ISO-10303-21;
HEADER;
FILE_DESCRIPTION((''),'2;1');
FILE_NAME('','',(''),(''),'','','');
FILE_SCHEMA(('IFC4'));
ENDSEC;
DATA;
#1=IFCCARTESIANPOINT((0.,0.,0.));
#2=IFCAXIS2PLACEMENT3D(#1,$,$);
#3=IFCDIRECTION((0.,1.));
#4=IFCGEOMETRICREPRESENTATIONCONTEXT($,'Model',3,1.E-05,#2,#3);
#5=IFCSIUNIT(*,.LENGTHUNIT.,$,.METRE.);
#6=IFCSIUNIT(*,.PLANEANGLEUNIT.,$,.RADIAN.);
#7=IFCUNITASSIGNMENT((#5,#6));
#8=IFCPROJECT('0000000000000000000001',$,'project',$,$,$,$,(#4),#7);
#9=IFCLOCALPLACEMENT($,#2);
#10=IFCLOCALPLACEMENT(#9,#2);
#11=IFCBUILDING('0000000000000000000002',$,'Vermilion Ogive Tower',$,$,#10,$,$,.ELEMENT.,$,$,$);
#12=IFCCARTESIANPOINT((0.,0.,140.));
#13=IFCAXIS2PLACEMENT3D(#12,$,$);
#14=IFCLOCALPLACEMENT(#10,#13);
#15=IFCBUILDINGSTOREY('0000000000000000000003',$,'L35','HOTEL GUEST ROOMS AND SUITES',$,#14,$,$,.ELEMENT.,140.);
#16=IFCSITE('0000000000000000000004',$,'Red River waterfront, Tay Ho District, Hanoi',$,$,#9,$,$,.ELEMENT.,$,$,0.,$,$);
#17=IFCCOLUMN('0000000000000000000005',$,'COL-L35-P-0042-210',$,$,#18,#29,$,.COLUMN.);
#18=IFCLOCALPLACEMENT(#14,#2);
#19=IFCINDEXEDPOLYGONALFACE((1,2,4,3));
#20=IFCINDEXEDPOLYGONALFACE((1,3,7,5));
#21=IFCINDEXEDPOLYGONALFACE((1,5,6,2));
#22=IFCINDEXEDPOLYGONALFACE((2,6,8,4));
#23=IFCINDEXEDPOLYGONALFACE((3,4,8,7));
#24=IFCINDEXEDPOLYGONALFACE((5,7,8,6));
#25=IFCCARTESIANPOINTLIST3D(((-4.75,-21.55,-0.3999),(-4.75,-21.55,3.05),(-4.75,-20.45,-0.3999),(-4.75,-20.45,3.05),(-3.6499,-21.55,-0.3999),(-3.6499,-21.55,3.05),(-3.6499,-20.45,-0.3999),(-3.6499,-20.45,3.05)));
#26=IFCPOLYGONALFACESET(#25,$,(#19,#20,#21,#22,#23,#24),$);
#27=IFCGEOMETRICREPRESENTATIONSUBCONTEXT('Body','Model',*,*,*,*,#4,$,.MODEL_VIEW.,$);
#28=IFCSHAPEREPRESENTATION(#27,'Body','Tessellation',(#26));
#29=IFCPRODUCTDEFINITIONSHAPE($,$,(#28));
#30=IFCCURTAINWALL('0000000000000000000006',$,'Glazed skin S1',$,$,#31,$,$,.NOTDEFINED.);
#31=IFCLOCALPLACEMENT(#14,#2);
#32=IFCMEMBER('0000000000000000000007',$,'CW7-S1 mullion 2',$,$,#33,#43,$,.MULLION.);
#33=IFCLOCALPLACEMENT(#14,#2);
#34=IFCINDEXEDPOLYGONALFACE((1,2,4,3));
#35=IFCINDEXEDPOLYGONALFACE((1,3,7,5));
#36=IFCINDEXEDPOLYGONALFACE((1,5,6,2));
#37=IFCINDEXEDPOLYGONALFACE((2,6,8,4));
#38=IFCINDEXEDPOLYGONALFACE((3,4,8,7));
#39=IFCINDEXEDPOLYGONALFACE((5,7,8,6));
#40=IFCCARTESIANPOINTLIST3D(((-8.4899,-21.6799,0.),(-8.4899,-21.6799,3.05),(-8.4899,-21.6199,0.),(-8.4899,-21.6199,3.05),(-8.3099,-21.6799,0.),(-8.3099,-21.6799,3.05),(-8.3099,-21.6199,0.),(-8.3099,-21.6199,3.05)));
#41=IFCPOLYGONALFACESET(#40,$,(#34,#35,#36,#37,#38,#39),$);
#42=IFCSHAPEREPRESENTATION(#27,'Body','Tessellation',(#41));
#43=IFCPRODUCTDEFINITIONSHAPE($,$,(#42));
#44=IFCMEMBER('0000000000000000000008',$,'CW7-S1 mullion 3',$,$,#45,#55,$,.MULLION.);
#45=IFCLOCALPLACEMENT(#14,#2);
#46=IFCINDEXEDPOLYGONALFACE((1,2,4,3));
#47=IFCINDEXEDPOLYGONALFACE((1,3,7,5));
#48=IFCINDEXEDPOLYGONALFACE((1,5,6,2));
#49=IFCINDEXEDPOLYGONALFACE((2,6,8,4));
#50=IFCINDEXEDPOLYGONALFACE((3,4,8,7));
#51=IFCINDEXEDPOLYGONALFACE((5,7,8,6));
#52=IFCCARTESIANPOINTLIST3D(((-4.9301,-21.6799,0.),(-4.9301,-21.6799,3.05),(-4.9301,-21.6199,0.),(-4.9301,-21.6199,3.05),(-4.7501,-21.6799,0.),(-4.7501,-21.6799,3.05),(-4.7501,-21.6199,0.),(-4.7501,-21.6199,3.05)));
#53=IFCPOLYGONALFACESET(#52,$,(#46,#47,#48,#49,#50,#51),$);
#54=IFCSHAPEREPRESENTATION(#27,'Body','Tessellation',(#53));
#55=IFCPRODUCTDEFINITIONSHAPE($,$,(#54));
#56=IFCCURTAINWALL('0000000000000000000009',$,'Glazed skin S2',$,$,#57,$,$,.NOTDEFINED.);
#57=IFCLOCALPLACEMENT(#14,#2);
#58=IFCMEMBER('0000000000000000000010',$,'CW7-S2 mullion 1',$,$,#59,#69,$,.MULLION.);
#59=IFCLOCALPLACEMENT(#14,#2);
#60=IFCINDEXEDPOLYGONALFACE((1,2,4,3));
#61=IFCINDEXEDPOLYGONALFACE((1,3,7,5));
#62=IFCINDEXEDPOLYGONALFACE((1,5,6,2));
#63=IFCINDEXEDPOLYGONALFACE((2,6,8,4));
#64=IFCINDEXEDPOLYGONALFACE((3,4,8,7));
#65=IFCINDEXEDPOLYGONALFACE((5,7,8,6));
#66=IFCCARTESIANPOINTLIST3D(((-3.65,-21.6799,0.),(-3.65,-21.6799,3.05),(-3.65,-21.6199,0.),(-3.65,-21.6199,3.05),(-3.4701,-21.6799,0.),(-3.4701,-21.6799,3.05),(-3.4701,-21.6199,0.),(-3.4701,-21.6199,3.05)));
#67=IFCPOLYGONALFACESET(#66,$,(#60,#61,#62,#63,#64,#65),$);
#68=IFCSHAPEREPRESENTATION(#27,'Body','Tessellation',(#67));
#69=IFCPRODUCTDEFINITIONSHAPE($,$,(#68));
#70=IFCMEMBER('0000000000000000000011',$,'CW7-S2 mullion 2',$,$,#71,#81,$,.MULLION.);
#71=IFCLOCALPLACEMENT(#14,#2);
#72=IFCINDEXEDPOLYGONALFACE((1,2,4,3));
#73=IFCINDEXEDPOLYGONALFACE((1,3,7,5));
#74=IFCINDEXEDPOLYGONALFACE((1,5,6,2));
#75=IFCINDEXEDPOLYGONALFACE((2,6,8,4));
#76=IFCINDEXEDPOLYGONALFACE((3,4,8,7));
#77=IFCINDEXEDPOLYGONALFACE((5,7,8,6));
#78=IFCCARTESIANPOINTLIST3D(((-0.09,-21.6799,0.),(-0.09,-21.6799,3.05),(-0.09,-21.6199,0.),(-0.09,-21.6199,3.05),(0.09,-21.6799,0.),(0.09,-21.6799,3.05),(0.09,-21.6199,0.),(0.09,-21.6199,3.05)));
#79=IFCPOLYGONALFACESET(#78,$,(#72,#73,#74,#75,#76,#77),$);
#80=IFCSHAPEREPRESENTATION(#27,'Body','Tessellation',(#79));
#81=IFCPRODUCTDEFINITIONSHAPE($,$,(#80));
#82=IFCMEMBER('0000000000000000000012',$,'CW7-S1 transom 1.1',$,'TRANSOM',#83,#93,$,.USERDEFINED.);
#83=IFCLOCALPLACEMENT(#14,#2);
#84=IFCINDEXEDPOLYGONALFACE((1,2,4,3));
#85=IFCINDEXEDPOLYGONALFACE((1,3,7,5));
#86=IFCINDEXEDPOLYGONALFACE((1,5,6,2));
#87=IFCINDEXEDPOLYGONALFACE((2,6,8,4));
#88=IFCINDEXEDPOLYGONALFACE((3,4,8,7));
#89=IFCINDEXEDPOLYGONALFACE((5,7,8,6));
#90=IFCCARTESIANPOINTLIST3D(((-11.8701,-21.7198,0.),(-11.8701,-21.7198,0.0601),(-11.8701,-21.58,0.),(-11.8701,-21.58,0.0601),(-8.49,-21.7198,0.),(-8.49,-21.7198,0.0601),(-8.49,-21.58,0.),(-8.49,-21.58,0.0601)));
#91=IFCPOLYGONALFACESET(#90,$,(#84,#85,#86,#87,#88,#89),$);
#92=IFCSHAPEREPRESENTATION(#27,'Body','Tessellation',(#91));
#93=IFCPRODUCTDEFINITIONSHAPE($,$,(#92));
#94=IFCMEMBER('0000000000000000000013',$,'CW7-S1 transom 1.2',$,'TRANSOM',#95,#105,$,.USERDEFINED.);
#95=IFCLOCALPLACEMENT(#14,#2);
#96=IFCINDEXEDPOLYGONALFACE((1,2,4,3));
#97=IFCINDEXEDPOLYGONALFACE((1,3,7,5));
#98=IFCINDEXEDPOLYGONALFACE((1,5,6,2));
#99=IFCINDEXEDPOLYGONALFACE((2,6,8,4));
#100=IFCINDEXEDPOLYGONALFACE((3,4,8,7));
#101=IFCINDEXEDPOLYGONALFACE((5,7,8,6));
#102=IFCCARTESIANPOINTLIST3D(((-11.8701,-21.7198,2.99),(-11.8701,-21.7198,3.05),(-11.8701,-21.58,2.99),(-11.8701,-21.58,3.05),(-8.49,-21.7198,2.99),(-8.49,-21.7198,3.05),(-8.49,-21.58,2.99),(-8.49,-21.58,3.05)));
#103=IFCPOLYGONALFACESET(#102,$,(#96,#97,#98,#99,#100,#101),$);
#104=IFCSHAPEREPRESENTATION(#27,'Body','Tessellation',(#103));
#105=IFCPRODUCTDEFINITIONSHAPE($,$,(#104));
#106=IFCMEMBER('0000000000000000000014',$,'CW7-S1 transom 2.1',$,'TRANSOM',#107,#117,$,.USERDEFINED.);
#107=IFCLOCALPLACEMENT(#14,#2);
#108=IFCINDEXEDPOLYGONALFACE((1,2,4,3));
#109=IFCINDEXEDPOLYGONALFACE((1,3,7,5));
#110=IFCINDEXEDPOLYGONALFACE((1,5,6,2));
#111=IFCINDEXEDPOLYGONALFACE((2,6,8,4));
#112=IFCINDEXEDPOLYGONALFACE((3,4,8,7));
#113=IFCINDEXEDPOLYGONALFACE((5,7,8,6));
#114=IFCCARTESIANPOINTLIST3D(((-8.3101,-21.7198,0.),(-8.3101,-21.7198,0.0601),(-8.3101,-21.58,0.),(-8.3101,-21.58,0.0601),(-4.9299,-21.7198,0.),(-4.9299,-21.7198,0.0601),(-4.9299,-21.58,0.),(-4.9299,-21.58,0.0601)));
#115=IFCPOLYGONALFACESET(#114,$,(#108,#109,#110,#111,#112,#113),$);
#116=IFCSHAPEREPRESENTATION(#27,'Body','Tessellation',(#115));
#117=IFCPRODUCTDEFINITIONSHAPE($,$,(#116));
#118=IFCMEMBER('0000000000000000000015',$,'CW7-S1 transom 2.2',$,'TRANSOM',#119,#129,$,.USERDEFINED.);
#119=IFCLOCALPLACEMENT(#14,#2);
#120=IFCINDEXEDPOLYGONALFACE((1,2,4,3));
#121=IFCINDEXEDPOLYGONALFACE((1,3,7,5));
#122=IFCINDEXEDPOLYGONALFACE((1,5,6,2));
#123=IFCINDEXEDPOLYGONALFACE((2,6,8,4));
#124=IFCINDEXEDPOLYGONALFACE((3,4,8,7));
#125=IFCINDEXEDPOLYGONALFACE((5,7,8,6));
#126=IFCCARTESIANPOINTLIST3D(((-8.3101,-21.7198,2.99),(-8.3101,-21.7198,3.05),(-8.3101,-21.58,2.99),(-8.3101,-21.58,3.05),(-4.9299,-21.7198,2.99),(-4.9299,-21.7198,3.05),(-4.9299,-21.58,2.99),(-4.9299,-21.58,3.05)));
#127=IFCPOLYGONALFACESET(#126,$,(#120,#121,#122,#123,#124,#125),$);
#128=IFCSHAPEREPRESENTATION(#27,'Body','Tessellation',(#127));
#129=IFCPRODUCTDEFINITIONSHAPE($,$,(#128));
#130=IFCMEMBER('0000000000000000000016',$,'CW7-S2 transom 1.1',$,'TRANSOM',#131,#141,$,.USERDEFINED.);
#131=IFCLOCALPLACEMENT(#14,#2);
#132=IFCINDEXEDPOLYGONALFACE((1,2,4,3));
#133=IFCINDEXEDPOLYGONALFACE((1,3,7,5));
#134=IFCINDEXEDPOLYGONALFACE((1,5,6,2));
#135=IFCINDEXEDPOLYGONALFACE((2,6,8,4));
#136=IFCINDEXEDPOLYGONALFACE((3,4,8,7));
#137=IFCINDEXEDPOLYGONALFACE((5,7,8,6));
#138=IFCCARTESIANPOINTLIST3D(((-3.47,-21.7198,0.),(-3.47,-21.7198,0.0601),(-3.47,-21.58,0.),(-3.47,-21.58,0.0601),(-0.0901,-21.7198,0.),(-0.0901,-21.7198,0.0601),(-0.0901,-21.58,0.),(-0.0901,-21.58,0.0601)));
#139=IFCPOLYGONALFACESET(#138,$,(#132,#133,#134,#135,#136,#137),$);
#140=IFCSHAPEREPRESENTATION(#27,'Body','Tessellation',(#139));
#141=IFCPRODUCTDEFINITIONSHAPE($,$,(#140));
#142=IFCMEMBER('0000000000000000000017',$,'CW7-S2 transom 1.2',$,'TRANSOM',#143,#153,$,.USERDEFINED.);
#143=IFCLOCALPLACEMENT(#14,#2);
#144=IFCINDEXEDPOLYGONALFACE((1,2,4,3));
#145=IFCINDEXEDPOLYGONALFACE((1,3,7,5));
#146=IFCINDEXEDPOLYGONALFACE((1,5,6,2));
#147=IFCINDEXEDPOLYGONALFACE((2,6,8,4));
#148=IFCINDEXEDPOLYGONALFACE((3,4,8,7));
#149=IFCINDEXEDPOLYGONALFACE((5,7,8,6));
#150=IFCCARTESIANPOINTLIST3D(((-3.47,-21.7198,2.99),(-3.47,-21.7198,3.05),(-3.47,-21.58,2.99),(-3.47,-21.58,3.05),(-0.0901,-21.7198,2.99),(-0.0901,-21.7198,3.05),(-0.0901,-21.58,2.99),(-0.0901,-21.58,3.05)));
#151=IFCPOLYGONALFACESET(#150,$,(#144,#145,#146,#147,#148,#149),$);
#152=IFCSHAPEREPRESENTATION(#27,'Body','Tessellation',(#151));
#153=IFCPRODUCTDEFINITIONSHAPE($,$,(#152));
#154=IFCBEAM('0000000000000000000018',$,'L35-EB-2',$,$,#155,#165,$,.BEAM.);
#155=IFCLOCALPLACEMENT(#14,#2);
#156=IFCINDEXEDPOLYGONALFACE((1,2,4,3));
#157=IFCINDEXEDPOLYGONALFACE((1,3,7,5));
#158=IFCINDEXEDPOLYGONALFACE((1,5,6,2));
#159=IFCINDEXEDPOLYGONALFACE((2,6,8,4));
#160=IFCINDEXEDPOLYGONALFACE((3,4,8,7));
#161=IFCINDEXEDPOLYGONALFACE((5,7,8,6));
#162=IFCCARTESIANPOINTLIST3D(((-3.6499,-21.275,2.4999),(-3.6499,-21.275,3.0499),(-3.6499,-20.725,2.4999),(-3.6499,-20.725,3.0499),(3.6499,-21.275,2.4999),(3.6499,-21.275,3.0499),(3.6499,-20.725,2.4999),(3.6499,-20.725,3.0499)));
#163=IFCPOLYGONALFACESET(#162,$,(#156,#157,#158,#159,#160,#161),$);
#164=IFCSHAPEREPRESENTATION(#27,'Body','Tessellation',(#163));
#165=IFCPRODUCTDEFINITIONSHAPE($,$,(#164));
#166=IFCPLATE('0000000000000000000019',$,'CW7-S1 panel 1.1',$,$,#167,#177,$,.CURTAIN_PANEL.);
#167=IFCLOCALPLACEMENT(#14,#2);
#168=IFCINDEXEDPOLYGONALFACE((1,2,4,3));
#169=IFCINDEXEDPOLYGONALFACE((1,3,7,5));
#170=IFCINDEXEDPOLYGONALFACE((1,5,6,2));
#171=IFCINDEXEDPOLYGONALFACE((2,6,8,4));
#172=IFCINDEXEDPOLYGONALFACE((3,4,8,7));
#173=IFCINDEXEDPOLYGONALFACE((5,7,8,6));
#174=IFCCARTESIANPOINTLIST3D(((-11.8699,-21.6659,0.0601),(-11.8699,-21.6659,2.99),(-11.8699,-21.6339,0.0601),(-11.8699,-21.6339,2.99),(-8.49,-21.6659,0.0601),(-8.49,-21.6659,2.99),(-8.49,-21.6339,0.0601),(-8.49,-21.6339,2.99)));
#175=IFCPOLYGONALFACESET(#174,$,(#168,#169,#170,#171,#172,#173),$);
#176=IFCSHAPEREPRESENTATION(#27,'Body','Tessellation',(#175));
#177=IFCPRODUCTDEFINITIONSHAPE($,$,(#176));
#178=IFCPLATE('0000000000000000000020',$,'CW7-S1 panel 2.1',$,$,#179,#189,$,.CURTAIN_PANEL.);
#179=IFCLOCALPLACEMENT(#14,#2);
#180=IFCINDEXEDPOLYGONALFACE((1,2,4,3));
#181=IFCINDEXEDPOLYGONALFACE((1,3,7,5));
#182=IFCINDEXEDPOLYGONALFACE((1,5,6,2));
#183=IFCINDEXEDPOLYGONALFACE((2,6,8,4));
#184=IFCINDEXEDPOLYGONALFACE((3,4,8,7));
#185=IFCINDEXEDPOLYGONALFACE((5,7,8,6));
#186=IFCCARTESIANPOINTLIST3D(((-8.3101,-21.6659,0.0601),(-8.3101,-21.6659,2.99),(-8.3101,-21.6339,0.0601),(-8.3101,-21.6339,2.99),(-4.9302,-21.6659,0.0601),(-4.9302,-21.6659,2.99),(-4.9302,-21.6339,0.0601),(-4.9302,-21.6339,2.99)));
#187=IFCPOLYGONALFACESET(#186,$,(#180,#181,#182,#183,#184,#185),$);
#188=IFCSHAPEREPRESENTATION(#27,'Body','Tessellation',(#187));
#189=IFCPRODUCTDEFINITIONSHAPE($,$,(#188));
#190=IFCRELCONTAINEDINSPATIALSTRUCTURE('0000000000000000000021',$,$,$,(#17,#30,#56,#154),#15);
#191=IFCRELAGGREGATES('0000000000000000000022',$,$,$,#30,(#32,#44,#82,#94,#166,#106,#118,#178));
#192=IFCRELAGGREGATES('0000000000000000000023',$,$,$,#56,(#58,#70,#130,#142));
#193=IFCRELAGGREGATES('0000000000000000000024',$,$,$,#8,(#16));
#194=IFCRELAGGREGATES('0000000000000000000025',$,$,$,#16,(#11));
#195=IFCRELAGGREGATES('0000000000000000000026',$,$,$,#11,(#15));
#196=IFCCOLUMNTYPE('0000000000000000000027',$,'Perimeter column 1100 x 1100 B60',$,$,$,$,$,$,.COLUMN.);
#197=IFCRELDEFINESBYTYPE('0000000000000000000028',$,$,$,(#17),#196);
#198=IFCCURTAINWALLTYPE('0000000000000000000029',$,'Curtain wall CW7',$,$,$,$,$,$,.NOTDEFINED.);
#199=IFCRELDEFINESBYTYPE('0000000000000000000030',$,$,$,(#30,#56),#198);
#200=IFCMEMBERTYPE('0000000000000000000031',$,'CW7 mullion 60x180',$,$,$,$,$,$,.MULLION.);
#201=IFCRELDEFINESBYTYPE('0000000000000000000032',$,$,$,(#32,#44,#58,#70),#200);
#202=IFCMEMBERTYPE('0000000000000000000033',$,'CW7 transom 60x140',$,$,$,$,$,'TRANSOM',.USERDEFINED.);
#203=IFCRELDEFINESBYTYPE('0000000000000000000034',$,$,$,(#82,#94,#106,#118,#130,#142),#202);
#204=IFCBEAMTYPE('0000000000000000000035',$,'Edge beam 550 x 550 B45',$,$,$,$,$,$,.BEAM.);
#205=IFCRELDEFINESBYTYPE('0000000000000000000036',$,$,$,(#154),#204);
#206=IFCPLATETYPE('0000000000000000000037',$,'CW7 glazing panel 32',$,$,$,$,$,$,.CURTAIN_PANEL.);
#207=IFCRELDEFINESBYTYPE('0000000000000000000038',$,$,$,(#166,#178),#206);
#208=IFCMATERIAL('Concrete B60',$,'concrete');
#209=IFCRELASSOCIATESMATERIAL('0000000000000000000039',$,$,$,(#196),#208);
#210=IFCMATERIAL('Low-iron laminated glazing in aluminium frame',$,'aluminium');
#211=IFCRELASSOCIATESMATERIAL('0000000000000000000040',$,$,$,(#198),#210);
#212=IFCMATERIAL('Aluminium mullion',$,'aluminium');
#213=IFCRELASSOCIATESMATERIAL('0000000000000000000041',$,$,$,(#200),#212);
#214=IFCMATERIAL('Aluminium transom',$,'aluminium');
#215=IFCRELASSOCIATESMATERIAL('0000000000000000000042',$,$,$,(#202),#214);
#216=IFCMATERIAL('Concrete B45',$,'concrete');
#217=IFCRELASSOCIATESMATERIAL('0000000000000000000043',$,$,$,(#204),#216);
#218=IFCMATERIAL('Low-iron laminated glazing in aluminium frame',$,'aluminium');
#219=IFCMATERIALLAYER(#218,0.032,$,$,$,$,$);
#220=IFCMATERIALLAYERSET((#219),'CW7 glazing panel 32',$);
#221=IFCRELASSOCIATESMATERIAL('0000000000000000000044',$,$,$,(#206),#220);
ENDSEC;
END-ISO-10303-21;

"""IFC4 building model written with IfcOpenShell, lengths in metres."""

from ifc_helpers import new_model, si_unit, direction, frame, origin, origin_2d, place, context, subcontext, project, spatial, rectangle, extrude, material, layer, layer_set, material_profile, profile_set, type_object, element, aggregate, save


model = new_model("IFC4")

# Units and contexts
model_context = context("Model", 3, precision=1e-05, world=origin(), true_north=direction((0.0, 1.0)))
body_context = subcontext(model_context, "Body", "Model", "MODEL_VIEW")
ifc_project = project(units=[si_unit("LENGTHUNIT", "METRE"), si_unit("PLANEANGLEUNIT", "RADIAN")], contexts=[model_context])

# Site, building, storey
site_placement = place(None, origin())
site = spatial("IfcSite", under=ifc_project, at=site_placement, Name="Red River waterfront, Tay Ho District, Hanoi", CompositionType="ELEMENT", RefElevation=0.0)
building_placement = place(site_placement, origin())
building = spatial("IfcBuilding", under=site, at=building_placement, Name="Vermilion Ogive Tower", CompositionType="ELEMENT")
storey_placement = place(building_placement, frame((0.0, 0.0, 140.0)))
storey = spatial("IfcBuildingStorey", under=building, at=storey_placement, Name="L35", Description="HOTEL GUEST ROOMS AND SUITES", CompositionType="ELEMENT", Elevation=140.0)

# Column
ifc_material_1 = material(Name="Concrete B60", Category="concrete")
ifc_material_profile_1 = material_profile(ifc_material_1, rectangle(XDim=1.1001, YDim=1.1001, at=origin_2d()), Name="1100 x 1100")
ifc_profile_set_1 = profile_set([ifc_material_profile_1], Name="Concrete B60")
column_type = type_object("IfcColumnType", Name="Perimeter column 1100 x 1100 B60", PredefinedType="COLUMN", material=ifc_profile_set_1)
column_placement = place(storey_placement, frame((-4.2, -21.0, -0.3999), z_axis=(0.0, 0.0, 1.0), x_axis=(1.0, 0.0, 0.0)))
element("IfcColumn", 1, at=column_placement, inside=storey, type_object=column_type, Name="COL-L35-P-0042-210", PredefinedType="COLUMN", context=body_context, shape_type="SweptSolid", body=[
    extrude(rectangle(XDim=1.1001, YDim=1.1001, at=origin_2d()), origin(), (0.0, 0.0, 1.0), 3.45),
])

# Curtain walls, members
ifc_material_2 = material(Name="Low-iron laminated glazing in aluminium frame", Category="aluminium")
curtain_wall_type = type_object("IfcCurtainWallType", Name="Curtain wall CW7", PredefinedType="NOTDEFINED", material=ifc_material_2)
curtain_wall_1_placement = place(storey_placement, origin())
curtain_wall_1 = element("IfcCurtainWall", 2, at=curtain_wall_1_placement, inside=storey, type_object=curtain_wall_type, Name="Glazed skin S1", PredefinedType="NOTDEFINED")
ifc_material_3 = material(Name="Aluminium mullion", Category="aluminium")
ifc_material_profile_2 = material_profile(ifc_material_3, rectangle(XDim=0.0601, YDim=0.1799, at=origin_2d()), Name="AL 60x180")
ifc_profile_set_2 = profile_set([ifc_material_profile_2], Name="Aluminium mullion")
member_type_1 = type_object("IfcMemberType", Name="CW7 mullion 60x180", PredefinedType="MULLION", material=ifc_profile_set_2)
member_1_placement = place(storey_placement, frame((-8.3999, -21.6499, 0.0), z_axis=(0.0, 0.0, 1.0), x_axis=(0.0, 1.0, 0.0)))
member_1 = element("IfcMember", 3, at=member_1_placement, type_object=member_type_1, Name="CW7-S1 mullion 2", PredefinedType="MULLION", context=body_context, shape_type="SweptSolid", body=[
    extrude(rectangle(XDim=0.0601, YDim=0.1799, at=origin_2d()), origin(), (0.0, 0.0, 1.0), 3.05),
])
member_2_placement = place(storey_placement, frame((-4.8401, -21.6499, 0.0), z_axis=(0.0, 0.0, 1.0), x_axis=(0.0, 1.0, 0.0)))
member_2 = element("IfcMember", 4, at=member_2_placement, type_object=member_type_1, Name="CW7-S1 mullion 3", PredefinedType="MULLION", context=body_context, shape_type="SweptSolid", body=[
    extrude(rectangle(XDim=0.0601, YDim=0.1799, at=origin_2d()), origin(), (0.0, 0.0, 1.0), 3.05),
])
curtain_wall_2_placement = place(storey_placement, origin())
curtain_wall_2 = element("IfcCurtainWall", 5, at=curtain_wall_2_placement, inside=storey, type_object=curtain_wall_type, Name="Glazed skin S2", PredefinedType="NOTDEFINED")
member_3_placement = place(storey_placement, frame((-3.5601, -21.6499, 0.0), z_axis=(0.0, 0.0, 1.0), x_axis=(0.0, 1.0, 0.0)))
member_3 = element("IfcMember", 6, at=member_3_placement, type_object=member_type_1, Name="CW7-S2 mullion 1", PredefinedType="MULLION", context=body_context, shape_type="SweptSolid", body=[
    extrude(rectangle(XDim=0.0601, YDim=0.1799, at=origin_2d()), origin(), (0.0, 0.0, 1.0), 3.05),
])
member_4_placement = place(storey_placement, frame((0.0, -21.6499, 0.0), z_axis=(0.0, 0.0, 1.0), x_axis=(0.0, 1.0, 0.0)))
member_4 = element("IfcMember", 7, at=member_4_placement, type_object=member_type_1, Name="CW7-S2 mullion 2", PredefinedType="MULLION", context=body_context, shape_type="SweptSolid", body=[
    extrude(rectangle(XDim=0.0601, YDim=0.1799, at=origin_2d()), origin(), (0.0, 0.0, 1.0), 3.05),
])

# Members
ifc_material_4 = material(Name="Aluminium transom", Category="aluminium")
ifc_material_profile_3 = material_profile(ifc_material_4, rectangle(XDim=0.1399, YDim=0.0601, at=origin_2d()), Name="AL 60x140")
ifc_profile_set_3 = profile_set([ifc_material_profile_3], Name="Aluminium transom")
member_type_2 = type_object("IfcMemberType", Name="CW7 transom 60x140", ElementType="TRANSOM", PredefinedType="USERDEFINED", material=ifc_profile_set_3)
member_5_placement = place(storey_placement, frame((-11.8701, -21.6499, 0.03), z_axis=(1.0, 0.0, 0.0), x_axis=(0.0, 1.0, 0.0)))
member_5 = element("IfcMember", 8, at=member_5_placement, type_object=member_type_2, Name="CW7-S1 transom 1.1", ObjectType="TRANSOM", PredefinedType="USERDEFINED", context=body_context, shape_type="SweptSolid", body=[
    extrude(rectangle(XDim=0.1399, YDim=0.0601, at=origin_2d()), origin(), (0.0, 0.0, 1.0), 3.3801),
])
member_6_placement = place(storey_placement, frame((-11.8701, -21.6499, 3.02), z_axis=(1.0, 0.0, 0.0), x_axis=(0.0, 1.0, 0.0)))
member_6 = element("IfcMember", 9, at=member_6_placement, type_object=member_type_2, Name="CW7-S1 transom 1.2", ObjectType="TRANSOM", PredefinedType="USERDEFINED", context=body_context, shape_type="SweptSolid", body=[
    extrude(rectangle(XDim=0.1399, YDim=0.0601, at=origin_2d()), origin(), (0.0, 0.0, 1.0), 3.3801),
])
member_7_placement = place(storey_placement, frame((-8.3101, -21.6499, 0.03), z_axis=(1.0, 0.0, 0.0), x_axis=(0.0, 1.0, 0.0)))
member_7 = element("IfcMember", 10, at=member_7_placement, type_object=member_type_2, Name="CW7-S1 transom 2.1", ObjectType="TRANSOM", PredefinedType="USERDEFINED", context=body_context, shape_type="SweptSolid", body=[
    extrude(rectangle(XDim=0.1399, YDim=0.0601, at=origin_2d()), origin(), (0.0, 0.0, 1.0), 3.3801),
])
member_8_placement = place(storey_placement, frame((-8.3101, -21.6499, 3.02), z_axis=(1.0, 0.0, 0.0), x_axis=(0.0, 1.0, 0.0)))
member_8 = element("IfcMember", 11, at=member_8_placement, type_object=member_type_2, Name="CW7-S1 transom 2.2", ObjectType="TRANSOM", PredefinedType="USERDEFINED", context=body_context, shape_type="SweptSolid", body=[
    extrude(rectangle(XDim=0.1399, YDim=0.0601, at=origin_2d()), origin(), (0.0, 0.0, 1.0), 3.3801),
])
member_9_placement = place(storey_placement, frame((-3.47, -21.6499, 0.03), z_axis=(1.0, 0.0, 0.0), x_axis=(0.0, 1.0, 0.0)))
member_9 = element("IfcMember", 12, at=member_9_placement, type_object=member_type_2, Name="CW7-S2 transom 1.1", ObjectType="TRANSOM", PredefinedType="USERDEFINED", context=body_context, shape_type="SweptSolid", body=[
    extrude(rectangle(XDim=0.1399, YDim=0.0601, at=origin_2d()), origin(), (0.0, 0.0, 1.0), 3.3799),
])
member_10_placement = place(storey_placement, frame((-3.47, -21.6499, 3.02), z_axis=(1.0, 0.0, 0.0), x_axis=(0.0, 1.0, 0.0)))
member_10 = element("IfcMember", 13, at=member_10_placement, type_object=member_type_2, Name="CW7-S2 transom 1.2", ObjectType="TRANSOM", PredefinedType="USERDEFINED", context=body_context, shape_type="SweptSolid", body=[
    extrude(rectangle(XDim=0.1399, YDim=0.0601, at=origin_2d()), origin(), (0.0, 0.0, 1.0), 3.3799),
])

# Beam
ifc_material_5 = material(Name="Concrete B45", Category="concrete")
ifc_material_profile_4 = material_profile(ifc_material_5, rectangle(XDim=0.55, YDim=0.55, at=origin_2d()), Name="550 x 550")
ifc_profile_set_4 = profile_set([ifc_material_profile_4], Name="Concrete B45")
beam_type = type_object("IfcBeamType", Name="Edge beam 550 x 550 B45", PredefinedType="BEAM", material=ifc_profile_set_4)
beam_placement = place(storey_placement, frame((-3.6499, -21.0, 2.7749), z_axis=(1.0, 0.0, 0.0), x_axis=(0.0, 1.0, 0.0)))
element("IfcBeam", 14, at=beam_placement, inside=storey, type_object=beam_type, Name="L35-EB-2", PredefinedType="BEAM", context=body_context, shape_type="SweptSolid", body=[
    extrude(rectangle(XDim=0.55, YDim=0.55, at=origin_2d()), origin(), (0.0, 0.0, 1.0), 7.2998),
])

# Plates
ifc_material_6 = material(Name="Low-iron laminated glazing in aluminium frame", Category="aluminium")
ifc_layer_1 = layer(ifc_material_6, 0.032)
ifc_layer_set_1 = layer_set([ifc_layer_1], Name="CW7 glazing panel 32")
plate_type = type_object("IfcPlateType", Name="CW7 glazing panel 32", PredefinedType="CURTAIN_PANEL", material=ifc_layer_set_1)
plate_1_placement = place(storey_placement, frame((-10.1799, -21.6499, 0.0601), z_axis=(0.0, 0.0, 1.0), x_axis=(1.0, 0.0, 0.0)))
plate_1 = element("IfcPlate", 15, at=plate_1_placement, type_object=plate_type, Name="CW7-S1 panel 1.1", PredefinedType="CURTAIN_PANEL", context=body_context, shape_type="SweptSolid", body=[
    extrude(rectangle(XDim=3.3799, YDim=0.032, at=origin_2d()), origin(), (0.0, 0.0, 1.0), 2.9299),
])
plate_2_placement = place(storey_placement, frame((-6.6201, -21.6499, 0.0601), z_axis=(0.0, 0.0, 1.0), x_axis=(1.0, 0.0, 0.0)))
plate_2 = element("IfcPlate", 16, at=plate_2_placement, type_object=plate_type, Name="CW7-S1 panel 2.1", PredefinedType="CURTAIN_PANEL", context=body_context, shape_type="SweptSolid", body=[
    extrude(rectangle(XDim=3.3799, YDim=0.032, at=origin_2d()), origin(), (0.0, 0.0, 1.0), 2.9299),
])
aggregate(curtain_wall_1, [member_1, member_2, member_5, member_6, plate_1, member_7, member_8, plate_2])
aggregate(curtain_wall_2, [member_3, member_4, member_9, member_10])

save(model, "model.ifc")
